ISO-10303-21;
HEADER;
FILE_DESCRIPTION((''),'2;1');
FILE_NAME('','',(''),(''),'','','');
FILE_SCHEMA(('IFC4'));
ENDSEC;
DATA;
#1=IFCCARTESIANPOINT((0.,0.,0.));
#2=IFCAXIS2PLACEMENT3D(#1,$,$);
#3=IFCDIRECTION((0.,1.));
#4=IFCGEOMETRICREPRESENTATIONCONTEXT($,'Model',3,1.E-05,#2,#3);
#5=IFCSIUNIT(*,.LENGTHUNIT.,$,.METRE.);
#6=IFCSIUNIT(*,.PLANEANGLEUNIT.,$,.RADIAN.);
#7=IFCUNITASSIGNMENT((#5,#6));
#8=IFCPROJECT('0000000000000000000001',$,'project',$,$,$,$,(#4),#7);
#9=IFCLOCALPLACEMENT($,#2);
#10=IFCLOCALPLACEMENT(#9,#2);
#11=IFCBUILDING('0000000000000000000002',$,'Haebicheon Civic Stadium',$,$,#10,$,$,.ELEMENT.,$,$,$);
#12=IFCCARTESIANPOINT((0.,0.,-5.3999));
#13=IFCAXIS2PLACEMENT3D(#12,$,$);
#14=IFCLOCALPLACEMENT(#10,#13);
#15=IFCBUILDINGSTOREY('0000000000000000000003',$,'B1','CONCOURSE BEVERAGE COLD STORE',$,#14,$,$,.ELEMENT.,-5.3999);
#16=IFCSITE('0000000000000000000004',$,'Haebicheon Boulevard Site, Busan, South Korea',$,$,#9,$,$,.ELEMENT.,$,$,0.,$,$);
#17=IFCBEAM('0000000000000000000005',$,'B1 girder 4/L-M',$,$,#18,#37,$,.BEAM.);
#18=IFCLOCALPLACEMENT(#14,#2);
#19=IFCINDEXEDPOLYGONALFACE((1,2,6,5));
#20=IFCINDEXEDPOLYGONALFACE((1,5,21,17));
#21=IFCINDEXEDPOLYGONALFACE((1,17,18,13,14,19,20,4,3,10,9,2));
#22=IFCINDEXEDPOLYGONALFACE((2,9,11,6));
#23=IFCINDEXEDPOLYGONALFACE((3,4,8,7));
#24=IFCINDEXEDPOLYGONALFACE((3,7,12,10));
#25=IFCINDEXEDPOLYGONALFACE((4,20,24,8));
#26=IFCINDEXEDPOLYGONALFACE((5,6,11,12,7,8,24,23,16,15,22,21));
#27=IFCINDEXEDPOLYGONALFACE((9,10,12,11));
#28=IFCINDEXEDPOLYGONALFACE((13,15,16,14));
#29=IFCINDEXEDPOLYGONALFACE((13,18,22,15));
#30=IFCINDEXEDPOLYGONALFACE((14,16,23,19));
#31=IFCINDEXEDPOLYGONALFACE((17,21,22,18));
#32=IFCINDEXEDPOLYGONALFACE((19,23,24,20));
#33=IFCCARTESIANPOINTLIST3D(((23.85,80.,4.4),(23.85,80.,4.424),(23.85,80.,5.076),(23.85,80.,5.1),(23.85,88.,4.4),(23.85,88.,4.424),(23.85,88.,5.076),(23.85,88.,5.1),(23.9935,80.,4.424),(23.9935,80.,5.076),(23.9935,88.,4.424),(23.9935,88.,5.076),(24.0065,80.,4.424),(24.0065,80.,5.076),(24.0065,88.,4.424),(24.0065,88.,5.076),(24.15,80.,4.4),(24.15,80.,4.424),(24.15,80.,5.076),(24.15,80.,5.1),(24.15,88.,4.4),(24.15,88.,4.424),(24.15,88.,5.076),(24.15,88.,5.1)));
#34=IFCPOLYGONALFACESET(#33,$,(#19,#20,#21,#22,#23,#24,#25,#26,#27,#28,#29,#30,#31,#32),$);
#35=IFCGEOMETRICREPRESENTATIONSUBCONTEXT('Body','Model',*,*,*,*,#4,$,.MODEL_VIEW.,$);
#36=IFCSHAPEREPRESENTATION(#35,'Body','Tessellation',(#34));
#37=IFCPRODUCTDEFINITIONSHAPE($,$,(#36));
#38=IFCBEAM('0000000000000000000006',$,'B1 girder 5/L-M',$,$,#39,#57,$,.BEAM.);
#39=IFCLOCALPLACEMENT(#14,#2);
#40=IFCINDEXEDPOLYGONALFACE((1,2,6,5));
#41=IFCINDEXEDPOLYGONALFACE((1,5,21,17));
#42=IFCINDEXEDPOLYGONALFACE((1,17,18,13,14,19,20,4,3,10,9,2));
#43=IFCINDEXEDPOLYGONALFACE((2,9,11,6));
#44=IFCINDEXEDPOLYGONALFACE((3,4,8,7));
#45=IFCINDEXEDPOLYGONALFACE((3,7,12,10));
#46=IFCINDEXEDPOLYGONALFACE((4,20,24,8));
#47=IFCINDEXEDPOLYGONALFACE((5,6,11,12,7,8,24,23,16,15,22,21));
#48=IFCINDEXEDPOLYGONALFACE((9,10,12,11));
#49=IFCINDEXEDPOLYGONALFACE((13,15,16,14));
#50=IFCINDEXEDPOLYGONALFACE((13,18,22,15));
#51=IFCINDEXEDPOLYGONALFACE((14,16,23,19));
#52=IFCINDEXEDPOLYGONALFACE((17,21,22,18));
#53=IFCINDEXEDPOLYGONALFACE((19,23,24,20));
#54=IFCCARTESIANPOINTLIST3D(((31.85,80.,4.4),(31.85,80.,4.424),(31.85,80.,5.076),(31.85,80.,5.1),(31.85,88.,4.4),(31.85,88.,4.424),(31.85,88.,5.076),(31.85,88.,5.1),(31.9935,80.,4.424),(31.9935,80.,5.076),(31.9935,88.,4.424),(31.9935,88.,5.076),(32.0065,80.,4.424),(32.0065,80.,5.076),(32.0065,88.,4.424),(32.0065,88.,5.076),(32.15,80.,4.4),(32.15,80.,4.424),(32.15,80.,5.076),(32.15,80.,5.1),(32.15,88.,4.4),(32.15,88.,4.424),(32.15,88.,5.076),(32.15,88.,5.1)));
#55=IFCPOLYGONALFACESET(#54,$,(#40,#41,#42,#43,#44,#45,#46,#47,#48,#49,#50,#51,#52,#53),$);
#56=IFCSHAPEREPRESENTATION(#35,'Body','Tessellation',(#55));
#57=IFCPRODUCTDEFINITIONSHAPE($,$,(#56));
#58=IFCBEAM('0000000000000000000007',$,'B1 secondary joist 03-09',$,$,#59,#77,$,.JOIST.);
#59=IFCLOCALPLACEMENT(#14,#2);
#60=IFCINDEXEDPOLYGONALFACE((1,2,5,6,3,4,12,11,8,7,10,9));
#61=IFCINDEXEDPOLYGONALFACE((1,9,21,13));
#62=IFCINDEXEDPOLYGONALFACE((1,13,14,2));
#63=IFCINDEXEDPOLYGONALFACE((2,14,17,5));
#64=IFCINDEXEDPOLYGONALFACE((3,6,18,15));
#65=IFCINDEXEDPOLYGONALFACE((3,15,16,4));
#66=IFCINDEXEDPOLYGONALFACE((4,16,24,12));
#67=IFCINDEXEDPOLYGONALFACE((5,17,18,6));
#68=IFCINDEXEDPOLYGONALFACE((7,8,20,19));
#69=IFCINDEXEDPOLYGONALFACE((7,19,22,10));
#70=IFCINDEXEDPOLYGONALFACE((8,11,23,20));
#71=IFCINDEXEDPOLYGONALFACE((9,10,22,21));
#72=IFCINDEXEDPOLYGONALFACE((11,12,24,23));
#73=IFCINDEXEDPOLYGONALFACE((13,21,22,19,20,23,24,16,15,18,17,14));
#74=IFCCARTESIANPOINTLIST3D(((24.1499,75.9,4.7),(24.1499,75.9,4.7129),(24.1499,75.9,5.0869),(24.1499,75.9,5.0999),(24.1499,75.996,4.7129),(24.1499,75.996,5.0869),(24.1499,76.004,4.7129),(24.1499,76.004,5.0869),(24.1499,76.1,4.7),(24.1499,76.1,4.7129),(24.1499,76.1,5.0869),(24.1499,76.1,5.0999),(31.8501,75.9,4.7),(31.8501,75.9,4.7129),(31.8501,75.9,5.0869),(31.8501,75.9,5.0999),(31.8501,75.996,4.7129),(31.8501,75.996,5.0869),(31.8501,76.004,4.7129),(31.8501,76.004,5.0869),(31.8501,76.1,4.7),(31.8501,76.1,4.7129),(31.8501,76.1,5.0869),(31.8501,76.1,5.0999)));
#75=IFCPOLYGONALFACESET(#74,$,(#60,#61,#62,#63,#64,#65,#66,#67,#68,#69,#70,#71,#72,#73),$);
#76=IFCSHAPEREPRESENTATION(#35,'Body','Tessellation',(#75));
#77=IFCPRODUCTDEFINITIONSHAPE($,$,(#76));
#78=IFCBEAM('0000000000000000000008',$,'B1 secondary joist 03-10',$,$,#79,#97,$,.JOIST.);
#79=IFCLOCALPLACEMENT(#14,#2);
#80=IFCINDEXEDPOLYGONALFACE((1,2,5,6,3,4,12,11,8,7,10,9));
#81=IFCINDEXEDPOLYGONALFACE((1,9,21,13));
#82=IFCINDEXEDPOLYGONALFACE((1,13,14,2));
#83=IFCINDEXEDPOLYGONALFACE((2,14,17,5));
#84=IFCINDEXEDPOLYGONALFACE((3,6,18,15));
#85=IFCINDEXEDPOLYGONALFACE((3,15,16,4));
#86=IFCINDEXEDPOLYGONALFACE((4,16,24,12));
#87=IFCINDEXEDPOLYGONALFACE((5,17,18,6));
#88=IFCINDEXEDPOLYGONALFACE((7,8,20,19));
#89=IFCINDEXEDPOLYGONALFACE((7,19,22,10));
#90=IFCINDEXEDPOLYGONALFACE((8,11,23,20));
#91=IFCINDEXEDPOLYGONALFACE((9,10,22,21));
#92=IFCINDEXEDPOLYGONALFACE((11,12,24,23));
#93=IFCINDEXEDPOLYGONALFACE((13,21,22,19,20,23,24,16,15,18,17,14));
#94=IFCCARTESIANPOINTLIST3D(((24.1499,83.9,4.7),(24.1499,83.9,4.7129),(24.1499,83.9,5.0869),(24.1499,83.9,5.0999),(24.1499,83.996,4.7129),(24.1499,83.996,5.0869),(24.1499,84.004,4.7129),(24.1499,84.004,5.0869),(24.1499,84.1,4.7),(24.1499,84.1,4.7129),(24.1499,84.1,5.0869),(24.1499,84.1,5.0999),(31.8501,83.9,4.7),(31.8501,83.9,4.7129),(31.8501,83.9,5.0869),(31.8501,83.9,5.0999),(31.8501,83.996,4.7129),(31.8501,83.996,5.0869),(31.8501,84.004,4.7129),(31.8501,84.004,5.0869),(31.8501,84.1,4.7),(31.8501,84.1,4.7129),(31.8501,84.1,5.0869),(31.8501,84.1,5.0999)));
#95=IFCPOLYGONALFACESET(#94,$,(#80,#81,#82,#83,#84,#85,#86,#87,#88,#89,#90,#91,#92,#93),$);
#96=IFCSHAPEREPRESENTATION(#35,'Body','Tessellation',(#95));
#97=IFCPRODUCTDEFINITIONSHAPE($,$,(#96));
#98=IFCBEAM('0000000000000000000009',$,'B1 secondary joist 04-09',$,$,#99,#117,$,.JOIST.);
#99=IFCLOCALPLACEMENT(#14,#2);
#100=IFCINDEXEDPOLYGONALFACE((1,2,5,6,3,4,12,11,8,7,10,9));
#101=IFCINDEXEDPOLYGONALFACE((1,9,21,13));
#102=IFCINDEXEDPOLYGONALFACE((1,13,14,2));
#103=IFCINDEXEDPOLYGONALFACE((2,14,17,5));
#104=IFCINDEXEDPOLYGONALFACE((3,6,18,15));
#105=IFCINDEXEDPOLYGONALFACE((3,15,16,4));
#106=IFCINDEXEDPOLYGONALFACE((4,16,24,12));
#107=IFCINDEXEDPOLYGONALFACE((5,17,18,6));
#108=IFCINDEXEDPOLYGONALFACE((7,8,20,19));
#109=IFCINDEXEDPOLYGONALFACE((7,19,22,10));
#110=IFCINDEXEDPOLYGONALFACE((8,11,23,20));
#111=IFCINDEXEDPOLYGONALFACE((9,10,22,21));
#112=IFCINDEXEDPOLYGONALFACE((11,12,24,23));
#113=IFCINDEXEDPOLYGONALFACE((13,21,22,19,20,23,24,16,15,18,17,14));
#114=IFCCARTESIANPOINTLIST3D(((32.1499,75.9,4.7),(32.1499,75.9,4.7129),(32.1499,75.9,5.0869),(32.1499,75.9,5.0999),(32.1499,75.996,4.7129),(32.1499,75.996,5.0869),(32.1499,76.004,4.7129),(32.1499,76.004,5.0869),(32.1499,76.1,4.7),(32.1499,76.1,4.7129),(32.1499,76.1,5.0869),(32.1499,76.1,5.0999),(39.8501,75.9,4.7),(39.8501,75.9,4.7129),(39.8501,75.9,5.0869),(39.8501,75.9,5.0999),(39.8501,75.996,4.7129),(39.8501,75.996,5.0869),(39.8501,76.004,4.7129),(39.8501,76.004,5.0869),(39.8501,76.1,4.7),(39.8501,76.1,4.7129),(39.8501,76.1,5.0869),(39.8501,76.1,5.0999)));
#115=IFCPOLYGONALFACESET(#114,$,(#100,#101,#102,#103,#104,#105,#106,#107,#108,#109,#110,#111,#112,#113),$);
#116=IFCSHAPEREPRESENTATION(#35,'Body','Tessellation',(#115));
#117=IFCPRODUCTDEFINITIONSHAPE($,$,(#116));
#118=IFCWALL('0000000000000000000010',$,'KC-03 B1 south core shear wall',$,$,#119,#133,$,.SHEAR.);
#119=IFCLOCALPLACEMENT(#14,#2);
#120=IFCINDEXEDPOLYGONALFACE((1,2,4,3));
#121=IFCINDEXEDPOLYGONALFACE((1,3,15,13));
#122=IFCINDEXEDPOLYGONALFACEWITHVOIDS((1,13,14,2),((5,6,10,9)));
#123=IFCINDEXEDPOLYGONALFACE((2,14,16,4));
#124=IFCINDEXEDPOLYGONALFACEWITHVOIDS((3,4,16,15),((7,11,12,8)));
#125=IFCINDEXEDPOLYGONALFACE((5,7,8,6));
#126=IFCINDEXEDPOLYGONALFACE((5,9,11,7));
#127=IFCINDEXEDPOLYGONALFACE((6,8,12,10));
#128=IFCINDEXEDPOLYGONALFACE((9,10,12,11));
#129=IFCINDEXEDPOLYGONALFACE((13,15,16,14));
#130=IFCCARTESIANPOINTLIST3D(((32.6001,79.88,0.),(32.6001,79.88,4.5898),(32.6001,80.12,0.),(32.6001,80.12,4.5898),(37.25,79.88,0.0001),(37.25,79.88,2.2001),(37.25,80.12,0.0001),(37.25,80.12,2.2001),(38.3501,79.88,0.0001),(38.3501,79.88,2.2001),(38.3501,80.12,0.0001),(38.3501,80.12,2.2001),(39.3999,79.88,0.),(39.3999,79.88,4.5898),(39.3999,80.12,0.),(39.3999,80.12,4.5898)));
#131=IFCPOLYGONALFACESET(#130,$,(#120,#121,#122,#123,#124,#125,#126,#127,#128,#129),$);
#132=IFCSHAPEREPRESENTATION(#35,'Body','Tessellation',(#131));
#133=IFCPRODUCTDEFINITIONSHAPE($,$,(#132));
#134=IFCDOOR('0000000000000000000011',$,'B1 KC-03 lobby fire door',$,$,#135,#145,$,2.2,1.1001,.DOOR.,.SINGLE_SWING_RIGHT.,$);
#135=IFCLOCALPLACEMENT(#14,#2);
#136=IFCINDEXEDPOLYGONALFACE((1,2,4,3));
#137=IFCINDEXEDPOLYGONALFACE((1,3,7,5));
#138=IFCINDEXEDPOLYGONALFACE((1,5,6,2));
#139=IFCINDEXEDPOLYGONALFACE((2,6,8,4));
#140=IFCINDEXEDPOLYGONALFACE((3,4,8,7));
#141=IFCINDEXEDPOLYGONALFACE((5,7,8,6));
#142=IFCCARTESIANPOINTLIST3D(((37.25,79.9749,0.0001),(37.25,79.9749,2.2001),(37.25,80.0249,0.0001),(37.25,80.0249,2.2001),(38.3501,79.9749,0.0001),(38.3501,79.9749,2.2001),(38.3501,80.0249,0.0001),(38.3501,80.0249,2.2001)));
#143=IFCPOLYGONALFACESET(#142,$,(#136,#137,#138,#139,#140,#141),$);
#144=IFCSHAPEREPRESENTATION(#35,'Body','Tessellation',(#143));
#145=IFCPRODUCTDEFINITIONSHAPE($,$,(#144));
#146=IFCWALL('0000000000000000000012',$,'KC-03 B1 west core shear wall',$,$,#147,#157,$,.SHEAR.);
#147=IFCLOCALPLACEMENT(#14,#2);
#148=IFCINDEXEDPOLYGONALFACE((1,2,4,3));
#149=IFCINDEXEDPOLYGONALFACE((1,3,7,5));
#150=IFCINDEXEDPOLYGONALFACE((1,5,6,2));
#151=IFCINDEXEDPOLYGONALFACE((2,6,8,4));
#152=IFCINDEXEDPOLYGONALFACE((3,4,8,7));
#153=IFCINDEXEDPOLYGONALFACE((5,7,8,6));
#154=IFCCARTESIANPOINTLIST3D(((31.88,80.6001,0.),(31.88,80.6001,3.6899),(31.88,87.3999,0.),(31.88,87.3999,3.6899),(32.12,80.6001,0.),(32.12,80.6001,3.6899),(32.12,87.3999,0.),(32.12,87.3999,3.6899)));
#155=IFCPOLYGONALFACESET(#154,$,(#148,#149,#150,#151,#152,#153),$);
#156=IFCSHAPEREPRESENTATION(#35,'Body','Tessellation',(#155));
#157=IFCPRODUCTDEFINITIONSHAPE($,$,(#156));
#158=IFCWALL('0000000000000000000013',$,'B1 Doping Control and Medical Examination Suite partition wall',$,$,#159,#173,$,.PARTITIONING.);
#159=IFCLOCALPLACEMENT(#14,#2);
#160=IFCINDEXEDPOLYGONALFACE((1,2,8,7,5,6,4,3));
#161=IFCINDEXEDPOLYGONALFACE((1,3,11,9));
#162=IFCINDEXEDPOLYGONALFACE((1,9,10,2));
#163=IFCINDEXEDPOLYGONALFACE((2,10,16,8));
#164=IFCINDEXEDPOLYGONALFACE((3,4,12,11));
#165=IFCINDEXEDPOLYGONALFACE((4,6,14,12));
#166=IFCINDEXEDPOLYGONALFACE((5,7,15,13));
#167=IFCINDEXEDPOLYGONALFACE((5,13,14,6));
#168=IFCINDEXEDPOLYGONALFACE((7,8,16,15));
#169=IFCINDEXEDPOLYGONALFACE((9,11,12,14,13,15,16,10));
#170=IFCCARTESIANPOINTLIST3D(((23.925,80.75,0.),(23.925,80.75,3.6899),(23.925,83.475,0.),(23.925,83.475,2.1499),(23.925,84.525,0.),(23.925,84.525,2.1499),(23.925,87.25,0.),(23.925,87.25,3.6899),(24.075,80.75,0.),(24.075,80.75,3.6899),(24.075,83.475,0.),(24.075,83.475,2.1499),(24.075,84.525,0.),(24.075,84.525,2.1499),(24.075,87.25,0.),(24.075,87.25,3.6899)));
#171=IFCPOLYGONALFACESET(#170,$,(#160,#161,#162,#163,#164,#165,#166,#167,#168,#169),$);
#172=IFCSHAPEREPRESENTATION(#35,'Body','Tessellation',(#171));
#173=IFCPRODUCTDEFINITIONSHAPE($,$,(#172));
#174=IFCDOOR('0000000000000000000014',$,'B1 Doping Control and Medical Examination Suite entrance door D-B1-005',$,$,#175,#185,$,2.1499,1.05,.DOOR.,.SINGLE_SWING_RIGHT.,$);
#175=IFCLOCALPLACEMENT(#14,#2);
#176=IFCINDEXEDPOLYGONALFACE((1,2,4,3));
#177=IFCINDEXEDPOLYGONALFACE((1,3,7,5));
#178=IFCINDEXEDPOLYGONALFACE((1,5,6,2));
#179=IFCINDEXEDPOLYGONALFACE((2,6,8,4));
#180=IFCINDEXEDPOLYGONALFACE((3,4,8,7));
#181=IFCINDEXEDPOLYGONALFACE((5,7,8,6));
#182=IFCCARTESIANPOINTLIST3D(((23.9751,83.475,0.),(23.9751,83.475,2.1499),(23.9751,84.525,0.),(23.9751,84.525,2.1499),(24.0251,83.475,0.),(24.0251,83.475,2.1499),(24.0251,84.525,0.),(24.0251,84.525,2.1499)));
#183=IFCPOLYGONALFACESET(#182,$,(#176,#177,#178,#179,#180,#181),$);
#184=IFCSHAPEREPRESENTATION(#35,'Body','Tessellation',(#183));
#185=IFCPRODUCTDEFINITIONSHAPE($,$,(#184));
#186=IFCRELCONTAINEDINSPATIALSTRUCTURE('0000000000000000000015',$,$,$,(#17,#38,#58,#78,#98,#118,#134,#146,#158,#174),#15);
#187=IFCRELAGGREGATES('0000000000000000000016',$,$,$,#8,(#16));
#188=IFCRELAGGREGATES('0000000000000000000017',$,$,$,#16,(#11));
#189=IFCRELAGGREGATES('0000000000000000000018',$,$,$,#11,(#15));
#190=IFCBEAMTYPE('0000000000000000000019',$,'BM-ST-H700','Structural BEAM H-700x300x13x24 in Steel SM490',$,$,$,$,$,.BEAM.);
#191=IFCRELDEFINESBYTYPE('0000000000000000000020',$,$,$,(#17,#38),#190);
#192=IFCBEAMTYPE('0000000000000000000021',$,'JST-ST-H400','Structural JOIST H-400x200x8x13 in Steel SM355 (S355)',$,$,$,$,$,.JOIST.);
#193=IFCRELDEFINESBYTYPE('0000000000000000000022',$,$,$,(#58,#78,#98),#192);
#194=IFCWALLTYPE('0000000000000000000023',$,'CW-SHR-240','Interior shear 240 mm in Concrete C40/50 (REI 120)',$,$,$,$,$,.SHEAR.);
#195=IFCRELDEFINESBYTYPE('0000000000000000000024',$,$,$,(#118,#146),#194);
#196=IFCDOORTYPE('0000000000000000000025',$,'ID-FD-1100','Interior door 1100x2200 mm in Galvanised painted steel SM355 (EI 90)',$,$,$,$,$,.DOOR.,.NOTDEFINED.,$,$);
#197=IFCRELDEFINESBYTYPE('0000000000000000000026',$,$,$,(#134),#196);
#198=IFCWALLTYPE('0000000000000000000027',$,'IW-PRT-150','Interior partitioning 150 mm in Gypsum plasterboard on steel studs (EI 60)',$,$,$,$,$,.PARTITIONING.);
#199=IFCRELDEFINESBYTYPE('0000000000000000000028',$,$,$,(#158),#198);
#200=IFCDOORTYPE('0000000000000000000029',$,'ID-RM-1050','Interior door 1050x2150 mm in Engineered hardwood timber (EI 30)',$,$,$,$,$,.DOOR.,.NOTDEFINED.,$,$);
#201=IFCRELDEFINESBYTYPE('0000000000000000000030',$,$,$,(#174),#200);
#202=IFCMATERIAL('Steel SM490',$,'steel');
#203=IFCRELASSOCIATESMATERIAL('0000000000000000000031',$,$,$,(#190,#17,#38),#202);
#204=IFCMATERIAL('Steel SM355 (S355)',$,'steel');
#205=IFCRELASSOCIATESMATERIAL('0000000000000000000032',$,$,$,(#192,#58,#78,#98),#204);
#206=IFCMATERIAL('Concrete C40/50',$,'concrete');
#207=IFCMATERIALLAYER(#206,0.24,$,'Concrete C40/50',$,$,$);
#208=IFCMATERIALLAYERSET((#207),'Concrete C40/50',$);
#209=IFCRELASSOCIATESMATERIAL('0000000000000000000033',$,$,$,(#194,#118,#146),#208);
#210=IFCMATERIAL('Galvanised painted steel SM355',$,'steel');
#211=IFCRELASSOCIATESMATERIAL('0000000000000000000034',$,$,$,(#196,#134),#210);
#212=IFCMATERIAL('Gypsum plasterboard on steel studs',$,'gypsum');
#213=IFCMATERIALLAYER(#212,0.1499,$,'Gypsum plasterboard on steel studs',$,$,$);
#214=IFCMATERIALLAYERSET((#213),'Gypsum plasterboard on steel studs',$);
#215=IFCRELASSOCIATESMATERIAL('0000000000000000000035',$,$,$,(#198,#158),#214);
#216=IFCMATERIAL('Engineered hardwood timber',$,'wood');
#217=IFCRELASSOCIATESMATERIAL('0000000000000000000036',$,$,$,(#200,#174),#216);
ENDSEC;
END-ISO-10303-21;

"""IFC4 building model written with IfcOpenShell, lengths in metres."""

from ifc_helpers import new_model, si_unit, direction, frame, frame_2d, origin, origin_2d, place, context, subcontext, project, spatial, rectangle, i_section, extrude, material, layer, layer_set, material_profile, profile_set, type_object, element, fill, save


model = new_model("IFC4")

# Units and contexts
model_context = context("Model", 3, precision=1e-05, world=origin(), true_north=direction((0.0, 1.0)))
body_context = subcontext(model_context, "Body", "Model", "MODEL_VIEW")
ifc_project = project(units=[si_unit("LENGTHUNIT", "METRE"), si_unit("PLANEANGLEUNIT", "RADIAN")], contexts=[model_context])

# Site, building, storey
site_placement = place(None, origin())
site = spatial("IfcSite", under=ifc_project, at=site_placement, Name="Haebicheon Boulevard Site, Busan, South Korea", CompositionType="ELEMENT", RefElevation=0.0)
building_placement = place(site_placement, origin())
building = spatial("IfcBuilding", under=site, at=building_placement, Name="Haebicheon Civic Stadium", CompositionType="ELEMENT")
storey_placement = place(building_placement, frame((0.0, 0.0, -5.3999)))
storey = spatial("IfcBuildingStorey", under=building, at=storey_placement, Name="B1", Description="CONCOURSE BEVERAGE COLD STORE", CompositionType="ELEMENT", Elevation=-5.3999)

# Beams
ifc_material_1 = material(Name="Steel SM490", Category="steel")
ifc_material_profile_1 = material_profile(ifc_material_1, i_section(OverallWidth=0.3, OverallDepth=0.7, WebThickness=0.0129, FlangeThickness=0.0239, at=origin_2d()), Name="H-700x300x13x24")
ifc_profile_set_1 = profile_set([ifc_material_profile_1], Name="Steel SM490")
beam_type_1 = type_object("IfcBeamType", Name="BM-ST-H700", Description="Structural BEAM H-700x300x13x24 in Steel SM490", PredefinedType="BEAM", material=ifc_profile_set_1)
for number, where, z_axis, x_axis, name in (
    (1, (24.0, 80.0, 4.75), (0.0, 1.0, 0.0), (-1.0, 0.0, 0.0), "B1 girder 4/L-M"),
    (2, (32.0, 80.0, 4.75), (0.0, 1.0, 0.0), (-1.0, 0.0, 0.0), "B1 girder 5/L-M"),
):
    element("IfcBeam", number, at=place(storey_placement, frame(where, z_axis=z_axis, x_axis=x_axis)), inside=storey, type_object=beam_type_1, material=ifc_profile_set_1, Name=name, PredefinedType="BEAM", context=body_context, shape_type="SweptSolid", body=[
        extrude(i_section(OverallWidth=0.3, OverallDepth=0.7, WebThickness=0.0129, FlangeThickness=0.0239, at=origin_2d()), origin(), (0.0, 0.0, 1.0), 8.0),
    ])
ifc_material_2 = material(Name="Steel SM355 (S355)", Category="steel")
ifc_material_profile_2 = material_profile(ifc_material_2, i_section(OverallWidth=0.2, OverallDepth=0.3999, WebThickness=0.0081, FlangeThickness=0.0129, at=origin_2d()), Name="H-400x200x8x13")
ifc_profile_set_2 = profile_set([ifc_material_profile_2], Name="Steel SM355 (S355)")
beam_type_2 = type_object("IfcBeamType", Name="JST-ST-H400", Description="Structural JOIST H-400x200x8x13 in Steel SM355 (S355)", PredefinedType="JOIST", material=ifc_profile_set_2)
for number, where, z_axis, x_axis, name in (
    (3, (24.1499, 76.0, 4.8999), (1.0, 0.0, 0.0), (0.0, 1.0, 0.0), "B1 secondary joist 03-09"),
    (4, (24.1499, 84.0, 4.8999), (1.0, 0.0, 0.0), (0.0, 1.0, 0.0), "B1 secondary joist 03-10"),
    (5, (32.1499, 76.0, 4.8999), (1.0, 0.0, 0.0), (0.0, 1.0, 0.0), "B1 secondary joist 04-09"),
):
    element("IfcBeam", number, at=place(storey_placement, frame(where, z_axis=z_axis, x_axis=x_axis)), inside=storey, type_object=beam_type_2, material=ifc_profile_set_2, Name=name, PredefinedType="JOIST", context=body_context, shape_type="SweptSolid", body=[
        extrude(i_section(OverallWidth=0.2, OverallDepth=0.3999, WebThickness=0.0081, FlangeThickness=0.0129, at=origin_2d()), origin(), (0.0, 0.0, 1.0), 7.7002),
    ])

# Wall, opening, door
ifc_material_3 = material(Name="Concrete C40/50", Category="concrete")
ifc_layer_1 = layer(ifc_material_3, 0.24, Name="Concrete C40/50")
ifc_layer_set_1 = layer_set([ifc_layer_1], Name="Concrete C40/50")
wall_type_1 = type_object("IfcWallType", Name="CW-SHR-240", Description="Interior shear 240 mm in Concrete C40/50 (REI 120)", PredefinedType="SHEAR", material=ifc_layer_set_1)
wall_1_placement = place(storey_placement, frame((32.6001, 80.0, 0.0), z_axis=(0.0, 0.0, 1.0), x_axis=(1.0, 0.0, 0.0)))
wall_1 = element("IfcWall", 6, at=wall_1_placement, inside=storey, type_object=wall_type_1, material=ifc_layer_set_1, Name="KC-03 B1 south core shear wall", PredefinedType="SHEAR", context=body_context, shape_type="SweptSolid", body=[
    extrude(rectangle(XDim=6.7998, YDim=0.24, at=frame_2d((3.3999, 0.0))), origin(), (0.0, 0.0, 1.0), 4.5898),
])
opening_1_placement = place(wall_1_placement, frame((4.6499, 0.0, 0.0)))
opening_1 = element("IfcOpeningElement", 7, at=opening_1_placement, cuts=wall_1, PredefinedType="OPENING", context=body_context, shape_type="SweptSolid", body=[
    extrude(rectangle(XDim=1.1001, YDim=2.2, at=frame_2d((0.55, 1.1001))), frame((0.0, 0.1299, 0.0), z_axis=(0.0, -1.0, 0.0), x_axis=(1.0, 0.0, 0.0)), (0.0, 0.0, 1.0), 0.26),
])
ifc_material_4 = material(Name="Galvanised painted steel SM355", Category="steel")
door_type_1 = type_object("IfcDoorType", Name="ID-FD-1100", Description="Interior door 1100x2200 mm in Galvanised painted steel SM355 (EI 90)", OperationType="NOTDEFINED", PredefinedType="DOOR", material=ifc_material_4)
door_1_placement = place(opening_1_placement, origin())
door_1 = element("IfcDoor", 8, at=door_1_placement, inside=storey, type_object=door_type_1, material=ifc_material_4, Name="B1 KC-03 lobby fire door", OperationType="SINGLE_SWING_RIGHT", OverallHeight=2.2, OverallWidth=1.1001, PredefinedType="DOOR", context=body_context, shape_type="SweptSolid", body=[
    extrude(rectangle(XDim=1.1001, YDim=2.2, at=frame_2d((0.55, 1.1001))), frame((0.0, 0.0249, 0.0), z_axis=(0.0, -1.0, 0.0), x_axis=(1.0, 0.0, 0.0)), (0.0, 0.0, 1.0), 0.05),
])
fill(opening_1, door_1)

# Wall
wall_2_placement = place(storey_placement, frame((32.0, 80.6001, 0.0), z_axis=(0.0, 0.0, 1.0), x_axis=(0.0, 1.0, 0.0)))
element("IfcWall", 9, at=wall_2_placement, inside=storey, type_object=wall_type_1, material=ifc_layer_set_1, Name="KC-03 B1 west core shear wall", PredefinedType="SHEAR", context=body_context, shape_type="SweptSolid", body=[
    extrude(rectangle(XDim=6.7998, YDim=0.24, at=frame_2d((3.3999, 0.0))), origin(), (0.0, 0.0, 1.0), 3.6899),
])

# Wall, opening, door
ifc_material_5 = material(Name="Gypsum plasterboard on steel studs", Category="gypsum")
ifc_layer_2 = layer(ifc_material_5, 0.1499, Name="Gypsum plasterboard on steel studs")
ifc_layer_set_2 = layer_set([ifc_layer_2], Name="Gypsum plasterboard on steel studs")
wall_type_2 = type_object("IfcWallType", Name="IW-PRT-150", Description="Interior partitioning 150 mm in Gypsum plasterboard on steel studs (EI 60)", PredefinedType="PARTITIONING", material=ifc_layer_set_2)
wall_3_placement = place(storey_placement, frame((24.0, 80.75, 0.0), z_axis=(0.0, 0.0, 1.0), x_axis=(0.0, 1.0, 0.0)))
wall_3 = element("IfcWall", 10, at=wall_3_placement, inside=storey, type_object=wall_type_2, material=ifc_layer_set_2, Name="B1 Doping Control and Medical Examination Suite partition wall", PredefinedType="PARTITIONING", context=body_context, shape_type="SweptSolid", body=[
    extrude(rectangle(XDim=6.5, YDim=0.1499, at=frame_2d((3.25, 0.0))), origin(), (0.0, 0.0, 1.0), 3.6899),
])
opening_2_placement = place(wall_3_placement, frame((2.7251, 0.0, 0.0)))
opening_2 = element("IfcOpeningElement", 11, at=opening_2_placement, cuts=wall_3, PredefinedType="OPENING", context=body_context, shape_type="SweptSolid", body=[
    extrude(rectangle(XDim=1.05, YDim=2.1499, at=frame_2d((0.5249, 1.075))), frame((0.0, 0.085, 0.0), z_axis=(0.0, -1.0, 0.0), x_axis=(1.0, 0.0, 0.0)), (0.0, 0.0, 1.0), 0.1699),
])
ifc_material_6 = material(Name="Engineered hardwood timber", Category="wood")
door_type_2 = type_object("IfcDoorType", Name="ID-RM-1050", Description="Interior door 1050x2150 mm in Engineered hardwood timber (EI 30)", OperationType="NOTDEFINED", PredefinedType="DOOR", material=ifc_material_6)
door_2_placement = place(opening_2_placement, origin())
door_2 = element("IfcDoor", 12, at=door_2_placement, inside=storey, type_object=door_type_2, material=ifc_material_6, Name="B1 Doping Control and Medical Examination Suite entrance door D-B1-005", OperationType="SINGLE_SWING_RIGHT", OverallHeight=2.1499, OverallWidth=1.05, PredefinedType="DOOR", context=body_context, shape_type="SweptSolid", body=[
    extrude(rectangle(XDim=1.05, YDim=2.1499, at=frame_2d((0.5249, 1.075))), frame((0.0, 0.0249, 0.0), z_axis=(0.0, -1.0, 0.0), x_axis=(1.0, 0.0, 0.0)), (0.0, 0.0, 1.0), 0.05),
])
fill(opening_2, door_2)

save(model, "model.ifc")
